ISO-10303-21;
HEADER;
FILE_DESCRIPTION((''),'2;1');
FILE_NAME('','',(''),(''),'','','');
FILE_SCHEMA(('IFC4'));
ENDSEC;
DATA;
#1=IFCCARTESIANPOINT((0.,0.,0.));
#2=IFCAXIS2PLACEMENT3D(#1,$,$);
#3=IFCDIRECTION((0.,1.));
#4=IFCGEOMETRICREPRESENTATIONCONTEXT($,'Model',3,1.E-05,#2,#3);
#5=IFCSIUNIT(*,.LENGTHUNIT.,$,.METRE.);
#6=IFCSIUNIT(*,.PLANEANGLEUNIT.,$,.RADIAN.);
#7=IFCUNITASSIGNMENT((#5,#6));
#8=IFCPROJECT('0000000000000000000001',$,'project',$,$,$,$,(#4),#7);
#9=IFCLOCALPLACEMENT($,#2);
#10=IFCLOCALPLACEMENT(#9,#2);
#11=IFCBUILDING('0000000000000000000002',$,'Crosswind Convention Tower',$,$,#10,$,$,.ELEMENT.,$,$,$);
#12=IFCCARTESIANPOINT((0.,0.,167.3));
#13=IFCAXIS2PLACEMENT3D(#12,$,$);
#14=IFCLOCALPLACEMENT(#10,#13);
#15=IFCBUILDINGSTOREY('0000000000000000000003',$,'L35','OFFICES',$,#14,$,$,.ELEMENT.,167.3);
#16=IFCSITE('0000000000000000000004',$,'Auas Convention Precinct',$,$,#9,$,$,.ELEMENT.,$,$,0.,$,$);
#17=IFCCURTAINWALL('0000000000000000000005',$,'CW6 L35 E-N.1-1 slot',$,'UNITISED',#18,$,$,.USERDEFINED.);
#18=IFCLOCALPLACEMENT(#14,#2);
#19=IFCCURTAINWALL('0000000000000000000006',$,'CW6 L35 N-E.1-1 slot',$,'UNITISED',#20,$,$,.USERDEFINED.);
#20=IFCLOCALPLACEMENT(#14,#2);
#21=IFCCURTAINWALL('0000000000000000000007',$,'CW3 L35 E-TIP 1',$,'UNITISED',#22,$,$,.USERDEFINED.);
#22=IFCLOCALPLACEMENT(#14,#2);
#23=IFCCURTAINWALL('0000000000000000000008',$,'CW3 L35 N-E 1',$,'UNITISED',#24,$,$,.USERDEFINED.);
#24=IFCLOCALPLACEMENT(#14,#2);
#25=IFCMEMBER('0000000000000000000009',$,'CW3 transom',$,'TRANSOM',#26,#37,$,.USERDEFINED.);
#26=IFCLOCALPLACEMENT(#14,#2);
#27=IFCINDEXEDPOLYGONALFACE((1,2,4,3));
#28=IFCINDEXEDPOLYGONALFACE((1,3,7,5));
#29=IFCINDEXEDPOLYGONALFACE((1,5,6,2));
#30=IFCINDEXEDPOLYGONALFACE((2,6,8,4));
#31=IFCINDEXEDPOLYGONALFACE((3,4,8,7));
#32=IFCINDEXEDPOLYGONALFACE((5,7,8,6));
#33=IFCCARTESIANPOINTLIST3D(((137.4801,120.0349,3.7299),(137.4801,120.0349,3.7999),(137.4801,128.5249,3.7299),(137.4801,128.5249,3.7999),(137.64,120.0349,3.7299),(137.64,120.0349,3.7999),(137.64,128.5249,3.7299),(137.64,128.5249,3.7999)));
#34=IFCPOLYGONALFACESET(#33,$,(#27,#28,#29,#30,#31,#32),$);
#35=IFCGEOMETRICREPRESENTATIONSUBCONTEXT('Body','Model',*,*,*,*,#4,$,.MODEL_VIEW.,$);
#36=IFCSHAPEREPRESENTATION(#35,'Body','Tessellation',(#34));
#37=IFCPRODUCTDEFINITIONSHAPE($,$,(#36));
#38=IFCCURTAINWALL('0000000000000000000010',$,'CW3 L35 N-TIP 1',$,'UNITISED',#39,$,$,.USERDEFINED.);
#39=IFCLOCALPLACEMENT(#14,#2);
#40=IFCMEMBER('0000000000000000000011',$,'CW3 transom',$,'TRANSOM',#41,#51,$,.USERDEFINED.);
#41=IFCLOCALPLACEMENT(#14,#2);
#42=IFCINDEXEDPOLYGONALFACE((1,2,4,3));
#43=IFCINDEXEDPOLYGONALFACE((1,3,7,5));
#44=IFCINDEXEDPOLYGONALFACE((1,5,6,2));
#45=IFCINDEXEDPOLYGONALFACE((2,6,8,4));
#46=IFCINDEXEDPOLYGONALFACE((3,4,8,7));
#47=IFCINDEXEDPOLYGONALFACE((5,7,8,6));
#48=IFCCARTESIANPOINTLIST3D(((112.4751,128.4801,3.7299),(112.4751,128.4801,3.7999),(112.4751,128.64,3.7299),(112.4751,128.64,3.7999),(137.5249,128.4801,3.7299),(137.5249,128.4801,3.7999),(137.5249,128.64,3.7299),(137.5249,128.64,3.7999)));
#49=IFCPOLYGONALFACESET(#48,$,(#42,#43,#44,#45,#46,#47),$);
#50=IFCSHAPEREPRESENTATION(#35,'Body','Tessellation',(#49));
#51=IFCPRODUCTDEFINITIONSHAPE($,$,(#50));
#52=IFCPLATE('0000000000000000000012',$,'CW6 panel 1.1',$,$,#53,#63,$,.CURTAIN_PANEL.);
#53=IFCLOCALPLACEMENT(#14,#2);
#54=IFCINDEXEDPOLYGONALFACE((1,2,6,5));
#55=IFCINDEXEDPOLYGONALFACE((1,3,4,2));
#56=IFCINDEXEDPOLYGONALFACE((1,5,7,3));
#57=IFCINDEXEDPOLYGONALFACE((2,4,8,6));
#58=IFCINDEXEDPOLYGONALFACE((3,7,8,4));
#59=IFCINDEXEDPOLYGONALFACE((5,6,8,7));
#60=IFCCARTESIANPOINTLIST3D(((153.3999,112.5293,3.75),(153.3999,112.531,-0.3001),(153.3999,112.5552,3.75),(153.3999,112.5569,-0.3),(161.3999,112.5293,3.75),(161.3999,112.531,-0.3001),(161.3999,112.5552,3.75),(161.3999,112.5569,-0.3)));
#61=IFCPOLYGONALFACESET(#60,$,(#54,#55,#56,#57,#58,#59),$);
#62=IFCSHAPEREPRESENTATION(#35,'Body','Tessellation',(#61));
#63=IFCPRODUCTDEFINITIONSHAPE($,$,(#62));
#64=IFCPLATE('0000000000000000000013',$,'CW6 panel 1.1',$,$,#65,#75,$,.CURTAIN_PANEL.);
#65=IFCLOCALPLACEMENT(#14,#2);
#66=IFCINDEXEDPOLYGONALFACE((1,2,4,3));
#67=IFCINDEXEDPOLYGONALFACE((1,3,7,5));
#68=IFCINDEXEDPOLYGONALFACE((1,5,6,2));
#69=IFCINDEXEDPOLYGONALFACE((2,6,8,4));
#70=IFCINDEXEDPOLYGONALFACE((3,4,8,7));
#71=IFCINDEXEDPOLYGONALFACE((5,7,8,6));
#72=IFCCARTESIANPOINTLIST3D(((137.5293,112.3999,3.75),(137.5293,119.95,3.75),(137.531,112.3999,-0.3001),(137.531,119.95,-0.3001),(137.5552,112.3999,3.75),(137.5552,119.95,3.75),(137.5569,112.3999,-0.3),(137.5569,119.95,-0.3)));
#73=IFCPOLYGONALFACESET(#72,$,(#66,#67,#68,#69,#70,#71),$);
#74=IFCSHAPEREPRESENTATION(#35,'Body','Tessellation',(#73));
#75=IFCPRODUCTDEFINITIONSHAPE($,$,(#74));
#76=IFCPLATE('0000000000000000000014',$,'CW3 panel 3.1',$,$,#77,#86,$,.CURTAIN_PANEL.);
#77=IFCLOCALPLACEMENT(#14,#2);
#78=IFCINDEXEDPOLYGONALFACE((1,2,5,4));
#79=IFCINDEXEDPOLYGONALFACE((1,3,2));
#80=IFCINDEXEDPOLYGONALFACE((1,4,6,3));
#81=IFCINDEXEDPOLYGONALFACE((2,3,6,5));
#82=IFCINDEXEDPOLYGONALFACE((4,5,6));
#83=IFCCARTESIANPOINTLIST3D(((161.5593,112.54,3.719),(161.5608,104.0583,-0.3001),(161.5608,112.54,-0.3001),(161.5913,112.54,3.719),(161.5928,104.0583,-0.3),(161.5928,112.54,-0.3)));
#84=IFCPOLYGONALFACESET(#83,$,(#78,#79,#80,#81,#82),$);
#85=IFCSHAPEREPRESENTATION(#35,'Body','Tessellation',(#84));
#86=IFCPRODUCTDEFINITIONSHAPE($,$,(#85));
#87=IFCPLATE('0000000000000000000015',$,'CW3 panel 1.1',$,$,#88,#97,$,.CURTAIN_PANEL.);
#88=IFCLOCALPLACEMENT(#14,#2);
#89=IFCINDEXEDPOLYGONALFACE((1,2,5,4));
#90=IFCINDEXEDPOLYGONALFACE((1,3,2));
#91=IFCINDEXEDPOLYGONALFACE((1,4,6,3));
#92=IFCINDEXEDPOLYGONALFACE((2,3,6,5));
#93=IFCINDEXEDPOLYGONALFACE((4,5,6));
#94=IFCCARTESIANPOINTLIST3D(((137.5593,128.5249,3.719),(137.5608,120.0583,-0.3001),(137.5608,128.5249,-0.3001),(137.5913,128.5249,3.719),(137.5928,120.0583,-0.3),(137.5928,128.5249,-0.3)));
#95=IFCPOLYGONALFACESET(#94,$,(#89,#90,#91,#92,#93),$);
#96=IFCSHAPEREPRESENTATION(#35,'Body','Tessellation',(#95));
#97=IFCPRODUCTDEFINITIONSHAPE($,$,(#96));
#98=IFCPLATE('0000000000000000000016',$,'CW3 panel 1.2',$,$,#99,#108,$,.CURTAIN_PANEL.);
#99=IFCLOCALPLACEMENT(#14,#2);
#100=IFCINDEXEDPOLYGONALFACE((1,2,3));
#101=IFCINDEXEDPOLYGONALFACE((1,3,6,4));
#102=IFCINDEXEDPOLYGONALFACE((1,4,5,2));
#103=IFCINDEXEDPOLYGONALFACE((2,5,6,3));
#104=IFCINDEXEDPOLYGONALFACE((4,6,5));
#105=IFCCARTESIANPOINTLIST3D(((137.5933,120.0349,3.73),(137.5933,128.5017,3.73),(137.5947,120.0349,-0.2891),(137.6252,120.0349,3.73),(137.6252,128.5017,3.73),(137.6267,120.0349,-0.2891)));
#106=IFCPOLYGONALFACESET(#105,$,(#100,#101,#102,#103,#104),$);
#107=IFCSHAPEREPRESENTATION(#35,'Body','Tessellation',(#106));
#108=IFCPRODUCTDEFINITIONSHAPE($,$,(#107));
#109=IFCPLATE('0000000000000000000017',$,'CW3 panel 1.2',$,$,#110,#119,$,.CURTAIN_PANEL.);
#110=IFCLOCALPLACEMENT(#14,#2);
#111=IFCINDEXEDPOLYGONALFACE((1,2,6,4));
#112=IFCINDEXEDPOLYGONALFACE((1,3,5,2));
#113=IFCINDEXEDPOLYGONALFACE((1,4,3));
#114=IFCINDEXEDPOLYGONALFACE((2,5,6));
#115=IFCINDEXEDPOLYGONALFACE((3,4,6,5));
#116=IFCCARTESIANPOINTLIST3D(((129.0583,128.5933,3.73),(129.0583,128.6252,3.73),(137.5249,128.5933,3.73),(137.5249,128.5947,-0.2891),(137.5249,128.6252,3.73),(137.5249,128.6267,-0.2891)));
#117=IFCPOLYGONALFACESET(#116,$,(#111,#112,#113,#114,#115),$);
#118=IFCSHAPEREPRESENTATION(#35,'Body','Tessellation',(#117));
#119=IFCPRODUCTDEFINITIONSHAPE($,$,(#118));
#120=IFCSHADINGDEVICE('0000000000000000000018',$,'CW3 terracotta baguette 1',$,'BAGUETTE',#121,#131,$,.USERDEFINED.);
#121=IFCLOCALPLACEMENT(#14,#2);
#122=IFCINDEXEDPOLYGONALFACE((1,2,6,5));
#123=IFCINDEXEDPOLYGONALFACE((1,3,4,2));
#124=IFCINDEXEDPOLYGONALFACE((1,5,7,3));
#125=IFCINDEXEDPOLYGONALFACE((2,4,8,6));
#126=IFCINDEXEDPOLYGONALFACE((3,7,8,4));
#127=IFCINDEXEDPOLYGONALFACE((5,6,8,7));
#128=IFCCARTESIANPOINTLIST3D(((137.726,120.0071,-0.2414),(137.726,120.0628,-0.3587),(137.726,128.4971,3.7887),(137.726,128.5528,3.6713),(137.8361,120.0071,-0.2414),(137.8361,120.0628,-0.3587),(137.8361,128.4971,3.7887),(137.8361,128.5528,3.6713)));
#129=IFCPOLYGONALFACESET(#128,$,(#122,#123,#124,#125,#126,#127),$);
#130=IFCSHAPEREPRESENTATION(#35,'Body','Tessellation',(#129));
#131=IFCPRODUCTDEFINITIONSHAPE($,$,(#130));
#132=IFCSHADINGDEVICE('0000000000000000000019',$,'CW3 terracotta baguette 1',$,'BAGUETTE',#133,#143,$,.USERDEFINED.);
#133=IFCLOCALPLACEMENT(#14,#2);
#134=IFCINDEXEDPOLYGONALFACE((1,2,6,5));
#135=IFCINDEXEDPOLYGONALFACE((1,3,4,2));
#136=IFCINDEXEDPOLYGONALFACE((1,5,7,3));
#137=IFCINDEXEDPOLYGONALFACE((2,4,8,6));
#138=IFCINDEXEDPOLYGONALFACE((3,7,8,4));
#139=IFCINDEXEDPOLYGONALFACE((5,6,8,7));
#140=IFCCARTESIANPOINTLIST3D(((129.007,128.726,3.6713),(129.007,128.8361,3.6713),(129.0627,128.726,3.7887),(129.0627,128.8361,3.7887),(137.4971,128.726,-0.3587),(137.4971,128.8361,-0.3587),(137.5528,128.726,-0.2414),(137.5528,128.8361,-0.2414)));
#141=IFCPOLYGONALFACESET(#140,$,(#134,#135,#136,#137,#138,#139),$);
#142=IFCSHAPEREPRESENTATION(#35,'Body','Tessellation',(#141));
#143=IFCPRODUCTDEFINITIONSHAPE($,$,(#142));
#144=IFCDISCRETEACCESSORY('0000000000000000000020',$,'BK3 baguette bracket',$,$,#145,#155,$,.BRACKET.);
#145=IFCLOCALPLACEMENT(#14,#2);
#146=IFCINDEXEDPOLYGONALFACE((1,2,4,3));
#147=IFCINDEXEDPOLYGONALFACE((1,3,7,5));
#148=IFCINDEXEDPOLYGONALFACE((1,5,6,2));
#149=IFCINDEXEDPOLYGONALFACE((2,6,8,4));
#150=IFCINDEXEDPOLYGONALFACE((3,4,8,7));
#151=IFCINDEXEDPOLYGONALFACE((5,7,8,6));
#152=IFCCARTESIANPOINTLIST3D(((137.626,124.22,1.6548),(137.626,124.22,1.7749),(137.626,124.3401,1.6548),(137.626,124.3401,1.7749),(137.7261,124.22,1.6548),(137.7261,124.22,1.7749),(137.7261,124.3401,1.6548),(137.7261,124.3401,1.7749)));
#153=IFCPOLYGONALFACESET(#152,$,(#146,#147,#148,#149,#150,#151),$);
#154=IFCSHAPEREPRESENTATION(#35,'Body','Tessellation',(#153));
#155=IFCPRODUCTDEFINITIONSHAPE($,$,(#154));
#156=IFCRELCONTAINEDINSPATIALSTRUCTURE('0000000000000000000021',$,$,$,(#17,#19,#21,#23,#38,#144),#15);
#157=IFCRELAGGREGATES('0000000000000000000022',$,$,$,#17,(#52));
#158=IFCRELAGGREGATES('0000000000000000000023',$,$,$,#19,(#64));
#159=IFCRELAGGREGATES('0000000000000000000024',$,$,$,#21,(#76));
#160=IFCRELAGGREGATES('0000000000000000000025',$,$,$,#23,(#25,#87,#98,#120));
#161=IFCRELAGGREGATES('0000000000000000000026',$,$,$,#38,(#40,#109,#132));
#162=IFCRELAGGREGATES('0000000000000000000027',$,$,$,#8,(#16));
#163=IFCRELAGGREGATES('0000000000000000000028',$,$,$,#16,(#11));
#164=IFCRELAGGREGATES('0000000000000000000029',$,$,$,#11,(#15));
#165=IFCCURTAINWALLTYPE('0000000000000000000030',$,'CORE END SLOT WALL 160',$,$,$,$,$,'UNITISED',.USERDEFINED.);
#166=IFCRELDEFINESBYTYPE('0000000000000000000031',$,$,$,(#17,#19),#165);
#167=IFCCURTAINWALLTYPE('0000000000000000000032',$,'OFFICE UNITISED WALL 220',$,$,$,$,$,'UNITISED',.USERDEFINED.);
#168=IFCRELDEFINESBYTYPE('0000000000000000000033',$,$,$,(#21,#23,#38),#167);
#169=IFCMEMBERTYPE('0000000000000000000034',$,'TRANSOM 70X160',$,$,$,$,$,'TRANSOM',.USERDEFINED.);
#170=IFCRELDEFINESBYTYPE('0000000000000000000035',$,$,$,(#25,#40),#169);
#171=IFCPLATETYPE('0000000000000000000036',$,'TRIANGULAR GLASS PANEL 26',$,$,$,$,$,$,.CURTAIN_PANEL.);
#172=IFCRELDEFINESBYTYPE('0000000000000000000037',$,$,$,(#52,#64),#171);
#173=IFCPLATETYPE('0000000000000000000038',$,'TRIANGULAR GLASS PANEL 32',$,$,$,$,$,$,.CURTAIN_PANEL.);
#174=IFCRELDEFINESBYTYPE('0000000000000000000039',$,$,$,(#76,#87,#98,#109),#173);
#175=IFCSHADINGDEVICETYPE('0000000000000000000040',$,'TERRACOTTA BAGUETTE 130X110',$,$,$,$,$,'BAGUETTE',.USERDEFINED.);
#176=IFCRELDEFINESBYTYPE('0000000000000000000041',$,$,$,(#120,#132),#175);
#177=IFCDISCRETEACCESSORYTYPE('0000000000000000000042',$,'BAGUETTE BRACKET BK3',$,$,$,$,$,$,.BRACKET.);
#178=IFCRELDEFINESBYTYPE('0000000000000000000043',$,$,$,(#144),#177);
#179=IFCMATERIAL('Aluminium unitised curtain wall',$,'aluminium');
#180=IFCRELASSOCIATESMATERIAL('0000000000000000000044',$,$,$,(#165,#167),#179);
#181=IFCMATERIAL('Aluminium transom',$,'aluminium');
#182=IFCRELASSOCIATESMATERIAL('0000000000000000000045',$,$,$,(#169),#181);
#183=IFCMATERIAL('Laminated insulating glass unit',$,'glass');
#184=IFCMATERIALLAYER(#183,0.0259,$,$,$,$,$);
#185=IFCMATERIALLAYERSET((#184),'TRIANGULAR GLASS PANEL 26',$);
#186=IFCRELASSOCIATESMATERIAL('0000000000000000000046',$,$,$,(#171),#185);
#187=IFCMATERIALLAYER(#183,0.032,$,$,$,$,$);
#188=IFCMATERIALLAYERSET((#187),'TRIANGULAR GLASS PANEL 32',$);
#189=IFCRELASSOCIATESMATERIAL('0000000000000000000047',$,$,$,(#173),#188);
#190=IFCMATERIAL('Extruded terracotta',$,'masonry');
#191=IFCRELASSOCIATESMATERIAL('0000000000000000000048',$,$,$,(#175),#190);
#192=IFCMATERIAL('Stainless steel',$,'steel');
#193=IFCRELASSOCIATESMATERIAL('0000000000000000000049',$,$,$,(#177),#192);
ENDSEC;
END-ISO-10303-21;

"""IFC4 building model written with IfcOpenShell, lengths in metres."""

from ifc_helpers import new_model, si_unit, direction, frame, origin, origin_2d, place, context, subcontext, project, spatial, polyline, rectangle, outline, extrude, material, layer, layer_set, material_profile, profile_set, type_object, element, aggregate, save


model = new_model("IFC4")

# Units and contexts
model_context = context("Model", 3, precision=1e-05, world=origin(), true_north=direction((0.0, 1.0)))
body_context = subcontext(model_context, "Body", "Model", "MODEL_VIEW")
ifc_project = project(units=[si_unit("LENGTHUNIT", "METRE"), si_unit("PLANEANGLEUNIT", "RADIAN")], contexts=[model_context])

# Site, building, storey
site_placement = place(None, origin())
site = spatial("IfcSite", under=ifc_project, at=site_placement, Name="Auas Convention Precinct", CompositionType="ELEMENT", RefElevation=0.0)
building_placement = place(site_placement, origin())
building = spatial("IfcBuilding", under=site, at=building_placement, Name="Crosswind Convention Tower", CompositionType="ELEMENT")
storey_placement = place(building_placement, frame((0.0, 0.0, 167.3)))
storey = spatial("IfcBuildingStorey", under=building, at=storey_placement, Name="L35", Description="OFFICES", CompositionType="ELEMENT", Elevation=167.3)

# Curtain walls
ifc_material_1 = material(Name="Aluminium unitised curtain wall", Category="aluminium")
curtain_wall_type_1 = type_object("IfcCurtainWallType", Name="CORE END SLOT WALL 160", ElementType="UNITISED", PredefinedType="USERDEFINED", material=ifc_material_1)
curtain_wall_1_placement = place(storey_placement, origin())
curtain_wall_1 = element("IfcCurtainWall", 1, at=curtain_wall_1_placement, inside=storey, type_object=curtain_wall_type_1, Name="CW6 L35 E-N.1-1 slot", ObjectType="UNITISED", PredefinedType="USERDEFINED")
curtain_wall_2_placement = place(storey_placement, origin())
curtain_wall_2 = element("IfcCurtainWall", 2, at=curtain_wall_2_placement, inside=storey, type_object=curtain_wall_type_1, Name="CW6 L35 N-E.1-1 slot", ObjectType="UNITISED", PredefinedType="USERDEFINED")

# Curtain wall
curtain_wall_type_2 = type_object("IfcCurtainWallType", Name="OFFICE UNITISED WALL 220", ElementType="UNITISED", PredefinedType="USERDEFINED", material=ifc_material_1)
curtain_wall_3_placement = place(storey_placement, origin())
curtain_wall_3 = element("IfcCurtainWall", 3, at=curtain_wall_3_placement, inside=storey, type_object=curtain_wall_type_2, Name="CW3 L35 E-TIP 1", ObjectType="UNITISED", PredefinedType="USERDEFINED")

# Curtain wall
curtain_wall_4_placement = place(storey_placement, origin())
curtain_wall_4 = element("IfcCurtainWall", 4, at=curtain_wall_4_placement, inside=storey, type_object=curtain_wall_type_2, Name="CW3 L35 N-E 1", ObjectType="UNITISED", PredefinedType="USERDEFINED")

# Member
ifc_material_2 = material(Name="Aluminium transom", Category="aluminium")
ifc_material_profile_1 = material_profile(ifc_material_2, rectangle(XDim=0.1599, YDim=0.0701, at=origin_2d()), Name="AL 160X70")
ifc_profile_set_1 = profile_set([ifc_material_profile_1], Name="Aluminium transom")
member_type_1 = type_object("IfcMemberType", Name="TRANSOM 70X160", ElementType="TRANSOM", PredefinedType="USERDEFINED", material=ifc_profile_set_1)
member_1_placement = place(storey_placement, frame((137.5601, 120.0349, 3.7649), z_axis=(0.0, 1.0, 0.0), x_axis=(-1.0, 0.0, 0.0)))
member_1 = element("IfcMember", 5, at=member_1_placement, type_object=member_type_1, Name="CW3 transom", ObjectType="TRANSOM", PredefinedType="USERDEFINED", context=body_context, shape_type="SweptSolid", body=[
    extrude(rectangle(XDim=0.1599, YDim=0.0701, at=origin_2d()), origin(), (0.0, 0.0, 1.0), 8.49),
])

# Curtain wall, member
curtain_wall_5_placement = place(storey_placement, origin())
curtain_wall_5 = element("IfcCurtainWall", 6, at=curtain_wall_5_placement, inside=storey, type_object=curtain_wall_type_2, Name="CW3 L35 N-TIP 1", ObjectType="UNITISED", PredefinedType="USERDEFINED")
member_2_placement = place(storey_placement, frame((137.5249, 128.5601, 3.7649), z_axis=(-1.0, 0.0, 0.0), x_axis=(0.0, -1.0, 0.0)))
member_2 = element("IfcMember", 7, at=member_2_placement, type_object=member_type_1, Name="CW3 transom", ObjectType="TRANSOM", PredefinedType="USERDEFINED", context=body_context, shape_type="SweptSolid", body=[
    extrude(rectangle(XDim=0.1599, YDim=0.0701, at=origin_2d()), origin(), (0.0, 0.0, 1.0), 25.0498),
])

# Plates
ifc_material_3 = material(Name="Laminated insulating glass unit", Category="glass")
ifc_layer_1 = layer(ifc_material_3, 0.0259)
ifc_layer_set_1 = layer_set([ifc_layer_1], Name="TRIANGULAR GLASS PANEL 26")
plate_type_1 = type_object("IfcPlateType", Name="TRIANGULAR GLASS PANEL 26", PredefinedType="CURTAIN_PANEL", material=ifc_layer_set_1)
plate_1_placement = place(storey_placement, frame((161.3999, 112.5569, -0.3), z_axis=(0.0, 1.0, 0.000422), x_axis=(-1.0, 0.0, 0.0)))
plate_1 = element("IfcPlate", 8, at=plate_1_placement, type_object=plate_type_1, Name="CW6 panel 1.1", PredefinedType="CURTAIN_PANEL", context=body_context, shape_type="SweptSolid", body=[
    extrude(outline(polyline([(0.0, 0.0), (8.0, 0.0), (8.0, 4.05), (0.0, 4.05), (0.0, 0.0)])), origin(), (0.0, 0.0, -1.0), 0.0259),
])
aggregate(curtain_wall_1, [plate_1])
plate_2_placement = place(storey_placement, frame((137.5569, 112.3999, -0.3), z_axis=(1.0, 0.0, 0.000422), x_axis=(0.0, 1.0, 0.0)))
plate_2 = element("IfcPlate", 9, at=plate_2_placement, type_object=plate_type_1, Name="CW6 panel 1.1", PredefinedType="CURTAIN_PANEL", context=body_context, shape_type="SweptSolid", body=[
    extrude(outline(polyline([(0.0, 0.0), (7.55, 0.0), (7.55, 4.05), (0.0, 4.05), (0.0, 0.0)])), origin(), (0.0, 0.0, -1.0), 0.0259),
])
aggregate(curtain_wall_2, [plate_2])
ifc_layer_2 = layer(ifc_material_3, 0.032)
ifc_layer_set_2 = layer_set([ifc_layer_2], Name="TRIANGULAR GLASS PANEL 32")
plate_type_2 = type_object("IfcPlateType", Name="TRIANGULAR GLASS PANEL 32", PredefinedType="CURTAIN_PANEL", material=ifc_layer_set_2)
plate_3_placement = place(storey_placement, frame((161.5928, 112.54, -0.3), z_axis=(1.0, 0.0, 0.000364), x_axis=(-0.000364, 0.0, 1.0)))
plate_3 = element("IfcPlate", 10, at=plate_3_placement, type_object=plate_type_2, Name="CW3 panel 3.1", PredefinedType="CURTAIN_PANEL", context=body_context, shape_type="SweptSolid", body=[
    extrude(outline(polyline([(0.0, 0.0), (4.019, 0.0), (0.0, 8.4817), (0.0, 0.0)])), origin(), (0.0, 0.0, -1.0), 0.032),
])
aggregate(curtain_wall_3, [plate_3])
plate_4_placement = place(storey_placement, frame((137.5928, 128.5249, -0.3), z_axis=(1.0, 0.0, 0.000364), x_axis=(-0.000364, 0.0, 1.0)))
plate_4 = element("IfcPlate", 11, at=plate_4_placement, type_object=plate_type_2, Name="CW3 panel 1.1", PredefinedType="CURTAIN_PANEL", context=body_context, shape_type="SweptSolid", body=[
    extrude(outline(polyline([(0.0, 0.0), (4.019, 0.0), (0.0, 8.4666), (0.0, 0.0)])), origin(), (0.0, 0.0, -1.0), 0.032),
])
plate_5_placement = place(storey_placement, frame((137.6252, 120.0349, 3.73), z_axis=(1.0, 0.0, 0.000364), x_axis=(0.000364, 0.0, -1.0)))
plate_5 = element("IfcPlate", 12, at=plate_5_placement, type_object=plate_type_2, Name="CW3 panel 1.2", PredefinedType="CURTAIN_PANEL", context=body_context, shape_type="SweptSolid", body=[
    extrude(outline(polyline([(0.0, 0.0), (4.019, 0.0), (0.0, 8.4668), (0.0, 0.0)])), origin(), (0.0, 0.0, -1.0), 0.032),
])
plate_6_placement = place(storey_placement, frame((137.5249, 128.6252, 3.73), z_axis=(0.0, 1.0, 0.000364), x_axis=(0.0, 0.000364, -1.0)))
plate_6 = element("IfcPlate", 13, at=plate_6_placement, type_object=plate_type_2, Name="CW3 panel 1.2", PredefinedType="CURTAIN_PANEL", context=body_context, shape_type="SweptSolid", body=[
    extrude(outline(polyline([(0.0, 0.0), (4.019, 0.0), (0.0, 8.4666), (0.0, 0.0)])), origin(), (0.0, 0.0, -1.0), 0.032),
])

# Shading devices
ifc_material_4 = material(Name="Extruded terracotta", Category="masonry")
ifc_material_profile_2 = material_profile(ifc_material_4, rectangle(XDim=0.1101, YDim=0.1299, at=origin_2d()), Name="TC 110X130")
ifc_profile_set_2 = profile_set([ifc_material_profile_2], Name="Extruded terracotta")
shading_device_type = type_object("IfcShadingDeviceType", Name="TERRACOTTA BAGUETTE 130X110", ElementType="BAGUETTE", PredefinedType="USERDEFINED", material=ifc_profile_set_2)
shading_device_1_placement = place(storey_placement, frame((137.781, 120.0349, -0.3), z_axis=(0.0, 0.903389, 0.428821), x_axis=(-1.0, 0.0, 0.0)))
shading_device_1 = element("IfcShadingDevice", 14, at=shading_device_1_placement, type_object=shading_device_type, Name="CW3 terracotta baguette 1", ObjectType="BAGUETTE", PredefinedType="USERDEFINED", context=body_context, shape_type="SweptSolid", body=[
    extrude(rectangle(XDim=0.1101, YDim=0.1299, at=origin_2d()), origin(), (0.0, 0.0, 1.0), 9.3979),
])
aggregate(curtain_wall_4, [member_1, plate_4, plate_5, shading_device_1])
shading_device_2_placement = place(storey_placement, frame((137.5249, 128.781, -0.3), z_axis=(-0.903389, 0.0, 0.428821), x_axis=(0.0, -1.0, 0.0)))
shading_device_2 = element("IfcShadingDevice", 15, at=shading_device_2_placement, type_object=shading_device_type, Name="CW3 terracotta baguette 1", ObjectType="BAGUETTE", PredefinedType="USERDEFINED", context=body_context, shape_type="SweptSolid", body=[
    extrude(rectangle(XDim=0.1101, YDim=0.1299, at=origin_2d()), origin(), (0.0, 0.0, 1.0), 9.3979),
])
aggregate(curtain_wall_5, [member_2, plate_6, shading_device_2])

# Discrete accessory
ifc_material_5 = material(Name="Stainless steel", Category="steel")
discrete_accessory_type = type_object("IfcDiscreteAccessoryType", Name="BAGUETTE BRACKET BK3", PredefinedType="BRACKET", material=ifc_material_5)
discrete_accessory_placement = place(storey_placement, frame((137.676, 124.28, 1.6548), z_axis=(0.0, 0.0, 1.0), x_axis=(0.0, 1.0, 0.0)))
element("IfcDiscreteAccessory", 16, at=discrete_accessory_placement, inside=storey, type_object=discrete_accessory_type, Name="BK3 baguette bracket", PredefinedType="BRACKET", context=body_context, shape_type="SweptSolid", body=[
    extrude(rectangle(XDim=0.1201, YDim=0.1001, at=origin_2d()), origin(), (0.0, 0.0, 1.0), 0.1201),
])

save(model, "model.ifc")
